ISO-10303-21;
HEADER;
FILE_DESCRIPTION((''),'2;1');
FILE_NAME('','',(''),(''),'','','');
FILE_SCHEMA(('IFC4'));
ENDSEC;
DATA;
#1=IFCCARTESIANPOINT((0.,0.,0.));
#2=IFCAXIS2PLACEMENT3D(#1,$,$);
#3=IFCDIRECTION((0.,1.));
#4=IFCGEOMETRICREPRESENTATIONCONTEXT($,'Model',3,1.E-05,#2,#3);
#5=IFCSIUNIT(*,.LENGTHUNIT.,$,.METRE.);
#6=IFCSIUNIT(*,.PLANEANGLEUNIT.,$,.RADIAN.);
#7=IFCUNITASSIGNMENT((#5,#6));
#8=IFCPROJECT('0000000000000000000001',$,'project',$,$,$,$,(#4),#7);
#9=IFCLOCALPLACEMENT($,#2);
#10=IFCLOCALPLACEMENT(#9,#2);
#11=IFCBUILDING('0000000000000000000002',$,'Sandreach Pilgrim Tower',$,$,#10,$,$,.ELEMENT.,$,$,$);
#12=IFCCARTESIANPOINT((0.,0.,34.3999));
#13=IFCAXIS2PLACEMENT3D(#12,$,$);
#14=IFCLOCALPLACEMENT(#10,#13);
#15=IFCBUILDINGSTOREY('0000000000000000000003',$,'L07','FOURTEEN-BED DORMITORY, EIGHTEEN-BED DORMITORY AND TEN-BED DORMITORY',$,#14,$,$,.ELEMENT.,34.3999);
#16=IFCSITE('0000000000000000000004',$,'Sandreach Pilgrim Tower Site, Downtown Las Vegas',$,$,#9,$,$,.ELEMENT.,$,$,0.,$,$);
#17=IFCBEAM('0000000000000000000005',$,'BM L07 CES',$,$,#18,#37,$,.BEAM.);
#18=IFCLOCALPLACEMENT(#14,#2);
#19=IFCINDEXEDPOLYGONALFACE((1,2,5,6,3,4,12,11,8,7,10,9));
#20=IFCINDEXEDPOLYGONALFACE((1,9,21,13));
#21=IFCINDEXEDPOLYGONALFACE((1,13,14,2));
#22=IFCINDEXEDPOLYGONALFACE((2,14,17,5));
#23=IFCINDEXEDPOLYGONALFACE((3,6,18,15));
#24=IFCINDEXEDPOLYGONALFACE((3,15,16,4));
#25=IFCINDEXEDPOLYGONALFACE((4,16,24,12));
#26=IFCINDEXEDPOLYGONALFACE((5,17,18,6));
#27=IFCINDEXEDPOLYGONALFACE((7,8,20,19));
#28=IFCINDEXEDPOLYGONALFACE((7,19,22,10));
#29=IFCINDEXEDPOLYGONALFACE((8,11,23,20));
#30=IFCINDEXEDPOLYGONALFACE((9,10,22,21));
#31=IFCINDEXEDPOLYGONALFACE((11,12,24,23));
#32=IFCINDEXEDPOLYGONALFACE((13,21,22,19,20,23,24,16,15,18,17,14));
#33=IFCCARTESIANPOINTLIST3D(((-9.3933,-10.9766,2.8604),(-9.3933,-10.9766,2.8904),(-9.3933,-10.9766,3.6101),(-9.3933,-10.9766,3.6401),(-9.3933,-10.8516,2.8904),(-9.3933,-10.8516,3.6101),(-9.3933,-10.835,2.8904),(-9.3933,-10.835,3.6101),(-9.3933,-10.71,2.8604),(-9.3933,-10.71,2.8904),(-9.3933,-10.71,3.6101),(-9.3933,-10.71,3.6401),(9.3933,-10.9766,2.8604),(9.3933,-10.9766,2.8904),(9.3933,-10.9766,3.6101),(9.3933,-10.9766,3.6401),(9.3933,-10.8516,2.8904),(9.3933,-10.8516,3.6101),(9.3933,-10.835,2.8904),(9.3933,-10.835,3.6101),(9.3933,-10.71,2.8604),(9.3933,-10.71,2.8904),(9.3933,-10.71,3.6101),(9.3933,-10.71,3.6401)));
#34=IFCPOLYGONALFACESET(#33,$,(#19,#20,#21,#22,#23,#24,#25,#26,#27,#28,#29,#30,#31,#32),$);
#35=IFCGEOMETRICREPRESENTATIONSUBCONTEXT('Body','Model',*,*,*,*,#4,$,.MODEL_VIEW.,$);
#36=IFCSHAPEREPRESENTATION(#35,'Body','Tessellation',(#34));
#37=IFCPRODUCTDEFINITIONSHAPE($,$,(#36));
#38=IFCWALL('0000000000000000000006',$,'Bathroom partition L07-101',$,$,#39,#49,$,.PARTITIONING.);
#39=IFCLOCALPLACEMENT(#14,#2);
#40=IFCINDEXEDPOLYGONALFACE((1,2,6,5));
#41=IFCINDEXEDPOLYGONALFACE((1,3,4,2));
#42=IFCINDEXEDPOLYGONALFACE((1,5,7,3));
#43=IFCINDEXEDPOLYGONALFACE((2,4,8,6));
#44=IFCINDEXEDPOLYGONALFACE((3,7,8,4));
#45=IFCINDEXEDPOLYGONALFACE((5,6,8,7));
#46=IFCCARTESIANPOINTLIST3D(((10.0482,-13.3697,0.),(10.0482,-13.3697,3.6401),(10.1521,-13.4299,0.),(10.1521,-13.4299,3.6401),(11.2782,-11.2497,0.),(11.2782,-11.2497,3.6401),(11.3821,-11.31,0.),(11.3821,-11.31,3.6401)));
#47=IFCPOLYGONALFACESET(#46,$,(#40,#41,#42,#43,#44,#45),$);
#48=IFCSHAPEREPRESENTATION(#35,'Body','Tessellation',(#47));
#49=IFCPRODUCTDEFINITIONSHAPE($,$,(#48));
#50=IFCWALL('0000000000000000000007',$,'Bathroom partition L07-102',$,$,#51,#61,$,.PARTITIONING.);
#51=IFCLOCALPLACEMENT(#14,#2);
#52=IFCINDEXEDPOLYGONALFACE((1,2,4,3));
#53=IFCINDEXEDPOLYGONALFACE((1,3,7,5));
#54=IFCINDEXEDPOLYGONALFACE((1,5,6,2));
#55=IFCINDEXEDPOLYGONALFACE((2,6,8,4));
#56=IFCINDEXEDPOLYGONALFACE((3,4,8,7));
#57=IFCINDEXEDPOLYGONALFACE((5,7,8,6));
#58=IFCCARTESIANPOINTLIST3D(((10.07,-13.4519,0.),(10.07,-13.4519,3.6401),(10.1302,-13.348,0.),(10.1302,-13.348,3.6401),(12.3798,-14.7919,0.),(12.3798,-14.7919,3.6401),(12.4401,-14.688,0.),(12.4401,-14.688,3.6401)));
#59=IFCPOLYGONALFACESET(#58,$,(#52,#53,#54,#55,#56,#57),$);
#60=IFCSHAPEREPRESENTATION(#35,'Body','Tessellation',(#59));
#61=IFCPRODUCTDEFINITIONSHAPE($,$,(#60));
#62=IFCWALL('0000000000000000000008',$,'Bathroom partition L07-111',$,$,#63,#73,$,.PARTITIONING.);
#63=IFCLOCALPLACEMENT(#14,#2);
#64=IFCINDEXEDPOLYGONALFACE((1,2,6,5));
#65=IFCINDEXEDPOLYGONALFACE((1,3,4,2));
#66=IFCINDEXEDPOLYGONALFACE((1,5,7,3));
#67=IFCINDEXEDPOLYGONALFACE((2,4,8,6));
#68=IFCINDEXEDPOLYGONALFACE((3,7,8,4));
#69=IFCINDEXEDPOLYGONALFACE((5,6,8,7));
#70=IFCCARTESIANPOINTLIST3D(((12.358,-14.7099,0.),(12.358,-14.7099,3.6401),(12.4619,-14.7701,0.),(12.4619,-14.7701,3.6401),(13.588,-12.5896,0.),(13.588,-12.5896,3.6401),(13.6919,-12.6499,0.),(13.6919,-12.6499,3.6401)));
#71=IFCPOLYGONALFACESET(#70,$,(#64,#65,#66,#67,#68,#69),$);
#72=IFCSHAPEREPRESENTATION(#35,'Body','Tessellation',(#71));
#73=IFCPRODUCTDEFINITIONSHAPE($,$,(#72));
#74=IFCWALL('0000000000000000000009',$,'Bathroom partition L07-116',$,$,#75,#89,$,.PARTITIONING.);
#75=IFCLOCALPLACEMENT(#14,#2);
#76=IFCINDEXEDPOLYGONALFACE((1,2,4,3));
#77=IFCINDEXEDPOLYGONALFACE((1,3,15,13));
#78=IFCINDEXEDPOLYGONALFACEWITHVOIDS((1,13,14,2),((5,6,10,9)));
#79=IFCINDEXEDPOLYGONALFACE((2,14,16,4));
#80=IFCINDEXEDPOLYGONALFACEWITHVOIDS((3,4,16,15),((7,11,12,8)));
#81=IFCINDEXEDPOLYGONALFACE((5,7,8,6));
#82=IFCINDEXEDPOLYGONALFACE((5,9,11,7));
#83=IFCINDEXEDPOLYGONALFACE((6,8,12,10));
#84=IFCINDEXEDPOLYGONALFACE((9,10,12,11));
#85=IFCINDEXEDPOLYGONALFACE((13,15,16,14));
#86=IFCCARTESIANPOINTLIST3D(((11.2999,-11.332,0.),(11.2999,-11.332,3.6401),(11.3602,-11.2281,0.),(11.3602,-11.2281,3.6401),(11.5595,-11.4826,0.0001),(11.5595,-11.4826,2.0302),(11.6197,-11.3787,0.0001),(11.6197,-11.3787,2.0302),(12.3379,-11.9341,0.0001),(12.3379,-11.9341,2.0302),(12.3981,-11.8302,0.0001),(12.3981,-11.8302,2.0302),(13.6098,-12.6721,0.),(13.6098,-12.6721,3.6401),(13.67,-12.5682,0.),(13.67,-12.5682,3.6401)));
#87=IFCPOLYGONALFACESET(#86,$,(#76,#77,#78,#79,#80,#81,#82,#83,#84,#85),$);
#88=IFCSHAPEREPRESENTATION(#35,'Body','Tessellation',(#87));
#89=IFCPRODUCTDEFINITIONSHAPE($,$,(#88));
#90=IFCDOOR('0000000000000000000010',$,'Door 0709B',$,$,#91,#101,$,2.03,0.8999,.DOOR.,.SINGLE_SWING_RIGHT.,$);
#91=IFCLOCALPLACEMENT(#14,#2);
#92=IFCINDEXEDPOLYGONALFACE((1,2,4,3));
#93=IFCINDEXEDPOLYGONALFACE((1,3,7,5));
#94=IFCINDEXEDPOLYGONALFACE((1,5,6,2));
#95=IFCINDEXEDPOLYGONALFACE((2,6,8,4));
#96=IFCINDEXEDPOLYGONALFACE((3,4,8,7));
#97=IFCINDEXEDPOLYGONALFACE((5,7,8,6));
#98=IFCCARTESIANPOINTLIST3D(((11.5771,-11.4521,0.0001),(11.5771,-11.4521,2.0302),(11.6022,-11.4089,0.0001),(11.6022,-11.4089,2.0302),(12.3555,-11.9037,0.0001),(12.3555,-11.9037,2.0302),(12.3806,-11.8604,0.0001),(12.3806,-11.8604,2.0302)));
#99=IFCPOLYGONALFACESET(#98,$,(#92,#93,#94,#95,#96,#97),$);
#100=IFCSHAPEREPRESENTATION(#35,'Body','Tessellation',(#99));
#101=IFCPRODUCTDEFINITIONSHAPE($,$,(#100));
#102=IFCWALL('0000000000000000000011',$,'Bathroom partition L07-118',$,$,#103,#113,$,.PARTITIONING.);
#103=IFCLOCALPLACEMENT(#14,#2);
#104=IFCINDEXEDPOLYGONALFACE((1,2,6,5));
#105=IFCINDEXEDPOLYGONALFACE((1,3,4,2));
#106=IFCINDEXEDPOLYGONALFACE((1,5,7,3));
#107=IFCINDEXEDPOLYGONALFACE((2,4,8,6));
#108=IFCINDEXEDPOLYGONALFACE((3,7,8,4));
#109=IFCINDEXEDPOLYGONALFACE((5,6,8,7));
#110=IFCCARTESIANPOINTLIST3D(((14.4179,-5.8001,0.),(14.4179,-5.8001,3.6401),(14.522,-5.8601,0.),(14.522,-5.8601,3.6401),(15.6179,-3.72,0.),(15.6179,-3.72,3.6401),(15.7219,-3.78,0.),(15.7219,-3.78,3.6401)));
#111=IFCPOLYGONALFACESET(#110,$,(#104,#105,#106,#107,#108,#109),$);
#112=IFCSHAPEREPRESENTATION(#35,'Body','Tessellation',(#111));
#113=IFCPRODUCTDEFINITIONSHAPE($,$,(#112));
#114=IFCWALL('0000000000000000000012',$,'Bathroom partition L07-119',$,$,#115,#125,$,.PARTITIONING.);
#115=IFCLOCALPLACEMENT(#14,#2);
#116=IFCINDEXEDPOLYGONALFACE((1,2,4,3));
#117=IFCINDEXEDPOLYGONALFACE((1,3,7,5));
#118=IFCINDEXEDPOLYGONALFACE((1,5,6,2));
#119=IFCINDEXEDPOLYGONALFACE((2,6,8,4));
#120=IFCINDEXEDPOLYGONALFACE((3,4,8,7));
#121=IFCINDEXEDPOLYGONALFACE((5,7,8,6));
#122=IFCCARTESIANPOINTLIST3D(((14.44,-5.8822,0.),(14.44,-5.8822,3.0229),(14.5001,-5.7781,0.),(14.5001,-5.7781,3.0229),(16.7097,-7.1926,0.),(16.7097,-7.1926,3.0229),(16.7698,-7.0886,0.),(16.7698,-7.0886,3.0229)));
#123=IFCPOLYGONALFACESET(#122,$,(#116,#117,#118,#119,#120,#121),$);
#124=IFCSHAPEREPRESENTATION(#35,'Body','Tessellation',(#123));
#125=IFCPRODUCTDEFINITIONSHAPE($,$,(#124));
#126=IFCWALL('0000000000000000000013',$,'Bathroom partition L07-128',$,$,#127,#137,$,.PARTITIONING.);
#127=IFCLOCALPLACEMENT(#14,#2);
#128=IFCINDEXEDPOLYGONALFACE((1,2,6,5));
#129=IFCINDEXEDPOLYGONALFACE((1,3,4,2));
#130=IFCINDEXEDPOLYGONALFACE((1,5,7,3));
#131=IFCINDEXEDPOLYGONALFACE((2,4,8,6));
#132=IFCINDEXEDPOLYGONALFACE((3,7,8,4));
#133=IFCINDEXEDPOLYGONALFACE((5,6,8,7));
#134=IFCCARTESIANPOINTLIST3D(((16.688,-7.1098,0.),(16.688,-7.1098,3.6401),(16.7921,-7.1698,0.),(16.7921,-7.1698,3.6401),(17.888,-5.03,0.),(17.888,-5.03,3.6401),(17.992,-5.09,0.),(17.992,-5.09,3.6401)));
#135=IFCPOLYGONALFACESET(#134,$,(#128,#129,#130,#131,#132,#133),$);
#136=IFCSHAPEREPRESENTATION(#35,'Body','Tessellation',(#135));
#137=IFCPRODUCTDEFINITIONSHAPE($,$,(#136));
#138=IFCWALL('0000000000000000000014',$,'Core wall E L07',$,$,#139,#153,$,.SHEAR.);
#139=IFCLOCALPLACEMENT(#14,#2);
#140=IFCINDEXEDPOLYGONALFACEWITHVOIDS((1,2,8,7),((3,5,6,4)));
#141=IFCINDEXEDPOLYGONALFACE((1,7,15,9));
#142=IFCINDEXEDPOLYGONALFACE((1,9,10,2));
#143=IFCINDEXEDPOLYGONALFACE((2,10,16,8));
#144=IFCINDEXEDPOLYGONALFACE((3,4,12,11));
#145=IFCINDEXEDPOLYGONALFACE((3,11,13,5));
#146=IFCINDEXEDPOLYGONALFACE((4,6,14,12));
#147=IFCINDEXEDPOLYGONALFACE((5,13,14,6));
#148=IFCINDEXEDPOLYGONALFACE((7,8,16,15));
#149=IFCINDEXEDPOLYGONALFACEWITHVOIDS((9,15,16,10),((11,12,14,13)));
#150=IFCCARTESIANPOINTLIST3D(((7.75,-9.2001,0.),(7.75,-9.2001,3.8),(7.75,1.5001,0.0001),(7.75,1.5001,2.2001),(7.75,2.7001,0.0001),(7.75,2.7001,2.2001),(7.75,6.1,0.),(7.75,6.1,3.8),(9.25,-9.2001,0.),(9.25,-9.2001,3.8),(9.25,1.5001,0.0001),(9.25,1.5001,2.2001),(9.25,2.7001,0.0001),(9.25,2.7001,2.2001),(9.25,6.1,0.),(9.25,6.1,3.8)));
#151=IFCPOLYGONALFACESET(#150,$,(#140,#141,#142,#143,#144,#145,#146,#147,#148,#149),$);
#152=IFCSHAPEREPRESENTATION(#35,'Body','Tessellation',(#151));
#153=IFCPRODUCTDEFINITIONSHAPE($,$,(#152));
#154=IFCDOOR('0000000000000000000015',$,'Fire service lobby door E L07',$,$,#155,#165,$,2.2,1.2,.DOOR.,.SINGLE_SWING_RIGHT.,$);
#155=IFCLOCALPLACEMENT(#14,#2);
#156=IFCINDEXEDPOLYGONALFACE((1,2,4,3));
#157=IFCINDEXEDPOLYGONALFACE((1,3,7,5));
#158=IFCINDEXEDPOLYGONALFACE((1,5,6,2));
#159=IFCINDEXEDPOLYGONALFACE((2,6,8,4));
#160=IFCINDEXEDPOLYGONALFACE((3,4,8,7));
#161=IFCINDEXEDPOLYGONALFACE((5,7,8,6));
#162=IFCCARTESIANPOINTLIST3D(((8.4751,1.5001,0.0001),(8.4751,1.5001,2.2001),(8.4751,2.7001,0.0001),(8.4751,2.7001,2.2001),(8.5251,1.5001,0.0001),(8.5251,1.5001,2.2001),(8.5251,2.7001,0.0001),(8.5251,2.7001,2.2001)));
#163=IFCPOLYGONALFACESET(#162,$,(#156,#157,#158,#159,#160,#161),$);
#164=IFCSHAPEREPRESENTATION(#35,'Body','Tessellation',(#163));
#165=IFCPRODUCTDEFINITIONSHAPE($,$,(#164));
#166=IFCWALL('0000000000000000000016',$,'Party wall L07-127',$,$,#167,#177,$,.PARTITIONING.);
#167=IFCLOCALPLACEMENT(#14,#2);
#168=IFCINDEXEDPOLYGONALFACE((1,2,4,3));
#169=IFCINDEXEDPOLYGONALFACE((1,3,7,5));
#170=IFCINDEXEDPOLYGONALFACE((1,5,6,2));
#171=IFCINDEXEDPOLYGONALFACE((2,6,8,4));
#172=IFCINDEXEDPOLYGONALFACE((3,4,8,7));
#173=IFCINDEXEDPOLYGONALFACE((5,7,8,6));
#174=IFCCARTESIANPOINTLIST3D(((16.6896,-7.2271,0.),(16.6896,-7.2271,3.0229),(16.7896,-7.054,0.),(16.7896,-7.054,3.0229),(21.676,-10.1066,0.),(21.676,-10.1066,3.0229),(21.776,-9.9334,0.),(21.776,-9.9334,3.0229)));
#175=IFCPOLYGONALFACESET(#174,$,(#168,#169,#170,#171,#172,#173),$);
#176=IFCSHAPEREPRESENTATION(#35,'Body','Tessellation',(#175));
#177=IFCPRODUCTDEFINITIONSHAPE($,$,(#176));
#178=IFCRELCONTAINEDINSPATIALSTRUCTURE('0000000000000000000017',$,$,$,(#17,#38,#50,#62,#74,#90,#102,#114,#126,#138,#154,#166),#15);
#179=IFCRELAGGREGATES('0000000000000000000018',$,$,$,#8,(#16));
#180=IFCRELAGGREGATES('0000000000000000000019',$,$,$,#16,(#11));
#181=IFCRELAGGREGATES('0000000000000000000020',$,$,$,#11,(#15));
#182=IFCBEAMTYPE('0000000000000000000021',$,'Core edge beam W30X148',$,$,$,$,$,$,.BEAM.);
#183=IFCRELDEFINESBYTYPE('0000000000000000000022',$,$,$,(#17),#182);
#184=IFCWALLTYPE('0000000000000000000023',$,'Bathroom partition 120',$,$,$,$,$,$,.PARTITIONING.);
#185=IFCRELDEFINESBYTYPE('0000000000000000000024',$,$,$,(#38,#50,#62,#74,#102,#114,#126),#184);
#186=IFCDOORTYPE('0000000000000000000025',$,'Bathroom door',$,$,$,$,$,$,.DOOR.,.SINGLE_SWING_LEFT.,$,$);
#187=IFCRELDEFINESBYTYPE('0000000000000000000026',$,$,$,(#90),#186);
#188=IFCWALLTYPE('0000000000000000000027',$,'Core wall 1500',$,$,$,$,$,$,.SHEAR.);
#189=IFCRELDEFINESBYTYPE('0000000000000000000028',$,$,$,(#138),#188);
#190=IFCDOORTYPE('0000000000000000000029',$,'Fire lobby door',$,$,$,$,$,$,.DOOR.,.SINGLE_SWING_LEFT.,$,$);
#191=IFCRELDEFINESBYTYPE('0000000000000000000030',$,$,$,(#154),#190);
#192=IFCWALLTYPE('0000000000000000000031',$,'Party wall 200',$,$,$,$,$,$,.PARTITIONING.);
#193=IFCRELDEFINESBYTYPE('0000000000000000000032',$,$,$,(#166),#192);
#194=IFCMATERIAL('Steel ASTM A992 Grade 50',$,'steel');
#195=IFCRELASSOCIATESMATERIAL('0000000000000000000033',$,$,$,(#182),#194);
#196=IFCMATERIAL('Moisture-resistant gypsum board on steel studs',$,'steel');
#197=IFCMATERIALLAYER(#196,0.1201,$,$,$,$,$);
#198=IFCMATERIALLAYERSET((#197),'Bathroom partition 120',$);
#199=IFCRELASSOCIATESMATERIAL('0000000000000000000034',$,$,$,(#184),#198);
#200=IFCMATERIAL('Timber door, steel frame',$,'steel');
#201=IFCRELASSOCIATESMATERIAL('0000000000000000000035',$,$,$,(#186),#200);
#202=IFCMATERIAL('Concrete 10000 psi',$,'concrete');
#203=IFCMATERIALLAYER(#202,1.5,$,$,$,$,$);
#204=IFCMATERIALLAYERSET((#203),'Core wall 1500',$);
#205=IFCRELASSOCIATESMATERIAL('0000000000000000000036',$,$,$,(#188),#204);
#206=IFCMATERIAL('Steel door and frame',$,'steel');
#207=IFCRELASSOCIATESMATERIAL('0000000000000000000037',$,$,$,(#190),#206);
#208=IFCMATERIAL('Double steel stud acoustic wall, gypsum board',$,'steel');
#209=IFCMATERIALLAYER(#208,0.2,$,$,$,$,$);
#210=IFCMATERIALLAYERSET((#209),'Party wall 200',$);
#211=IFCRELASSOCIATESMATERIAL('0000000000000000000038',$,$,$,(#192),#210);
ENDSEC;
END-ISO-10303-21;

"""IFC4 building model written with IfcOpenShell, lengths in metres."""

from ifc_helpers import new_model, si_unit, direction, frame, frame_2d, origin, origin_2d, place, context, subcontext, project, spatial, rectangle, i_section, extrude, material, layer, layer_set, material_profile, profile_set, type_object, element, fill, save


model = new_model("IFC4")

# Units and contexts
model_context = context("Model", 3, precision=1e-05, world=origin(), true_north=direction((0.0, 1.0)))
body_context = subcontext(model_context, "Body", "Model", "MODEL_VIEW")
ifc_project = project(units=[si_unit("LENGTHUNIT", "METRE"), si_unit("PLANEANGLEUNIT", "RADIAN")], contexts=[model_context])

# Site, building, storey
site_placement = place(None, origin())
site = spatial("IfcSite", under=ifc_project, at=site_placement, Name="Sandreach Pilgrim Tower Site, Downtown Las Vegas", CompositionType="ELEMENT", RefElevation=0.0)
building_placement = place(site_placement, origin())
building = spatial("IfcBuilding", under=site, at=building_placement, Name="Sandreach Pilgrim Tower", CompositionType="ELEMENT")
storey_placement = place(building_placement, frame((0.0, 0.0, 34.3999)))
storey = spatial("IfcBuildingStorey", under=building, at=storey_placement, Name="L07", Description="FOURTEEN-BED DORMITORY, EIGHTEEN-BED DORMITORY AND TEN-BED DORMITORY", CompositionType="ELEMENT", Elevation=34.3999)

# Beam
ifc_material_1 = material(Name="Steel ASTM A992 Grade 50", Category="steel")
ifc_material_profile = material_profile(ifc_material_1, i_section(OverallWidth=0.2666, OverallDepth=0.7798, WebThickness=0.0166, FlangeThickness=0.03, at=origin_2d()), Name="W30X148")
ifc_profile_set = profile_set([ifc_material_profile], Name="Steel ASTM A992 Grade 50")
beam_type = type_object("IfcBeamType", Name="Core edge beam W30X148", PredefinedType="BEAM", material=ifc_profile_set)
beam_placement = place(storey_placement, frame((9.3933, -10.8433, 3.2502), z_axis=(-1.0, 0.0, 0.0), x_axis=(0.0, -1.0, 0.0)))
element("IfcBeam", 1, at=beam_placement, inside=storey, type_object=beam_type, Name="BM L07 CES", PredefinedType="BEAM", context=body_context, shape_type="SweptSolid", body=[
    extrude(i_section(OverallWidth=0.2666, OverallDepth=0.7798, WebThickness=0.0166, FlangeThickness=0.03, at=origin_2d()), origin(), (0.0, 0.0, 1.0), 18.7866),
])

# Walls
ifc_material_2 = material(Name="Moisture-resistant gypsum board on steel studs", Category="steel")
ifc_layer_1 = layer(ifc_material_2, 0.1201)
ifc_layer_set_1 = layer_set([ifc_layer_1], Name="Bathroom partition 120")
wall_type_1 = type_object("IfcWallType", Name="Bathroom partition 120", PredefinedType="PARTITIONING", material=ifc_layer_set_1)
wall_1_placement = place(storey_placement, frame((10.1001, -13.3999, 0.0), z_axis=(0.0, 0.0, 1.0), x_axis=(0.501857, 0.864951, 0.0)))
element("IfcWall", 2, at=wall_1_placement, inside=storey, type_object=wall_type_1, Name="Bathroom partition L07-101", PredefinedType="PARTITIONING", context=body_context, shape_type="SweptSolid", body=[
    extrude(rectangle(XDim=2.4509, YDim=0.1201, at=frame_2d((1.2256, 0.0))), origin(), (0.0, 0.0, 1.0), 3.6401),
])
wall_2_placement = place(storey_placement, frame((10.1001, -13.3999, 0.0), z_axis=(0.0, 0.0, 1.0), x_axis=(0.864967, -0.501829, 0.0)))
element("IfcWall", 3, at=wall_2_placement, inside=storey, type_object=wall_type_1, Name="Bathroom partition L07-102", PredefinedType="PARTITIONING", context=body_context, shape_type="SweptSolid", body=[
    extrude(rectangle(XDim=2.6704, YDim=0.1201, at=frame_2d((1.3352, 0.0))), origin(), (0.0, 0.0, 1.0), 3.6401),
])
wall_3_placement = place(storey_placement, frame((12.4099, -14.74, 0.0), z_axis=(0.0, 0.0, 1.0), x_axis=(0.501813, 0.864976, 0.0)))
element("IfcWall", 4, at=wall_3_placement, inside=storey, type_object=wall_type_1, Name="Bathroom partition L07-111", PredefinedType="PARTITIONING", context=body_context, shape_type="SweptSolid", body=[
    extrude(rectangle(XDim=2.4512, YDim=0.1201, at=frame_2d((1.2256, 0.0))), origin(), (0.0, 0.0, 1.0), 3.6401),
])

# Wall, opening, door
wall_4_placement = place(storey_placement, frame((13.6399, -12.6201, 0.0), z_axis=(0.0, 0.0, 1.0), x_axis=(-0.864967, 0.501829, 0.0)))
wall_4 = element("IfcWall", 5, at=wall_4_placement, inside=storey, type_object=wall_type_1, Name="Bathroom partition L07-116", PredefinedType="PARTITIONING", context=body_context, shape_type="SweptSolid", body=[
    extrude(rectangle(XDim=2.6704, YDim=0.1201, at=frame_2d((1.3352, 0.0))), origin(), (0.0, 0.0, 1.0), 3.6401),
])
opening_1_placement = place(wall_4_placement, frame((1.4705, 0.0, 0.0)))
opening_1 = element("IfcOpeningElement", 6, at=opening_1_placement, cuts=wall_4, PredefinedType="OPENING", context=body_context, shape_type="SweptSolid", body=[
    extrude(rectangle(XDim=0.8999, YDim=2.03, at=frame_2d((0.45, 1.0151))), frame((0.0, 0.0601, 0.0), z_axis=(0.0, -1.0, 0.0), x_axis=(1.0, 0.0, 0.0)), (0.0, 0.0, 1.0), 0.1201),
])
ifc_material_3 = material(Name="Timber door, steel frame", Category="steel")
door_type_1 = type_object("IfcDoorType", Name="Bathroom door", OperationType="SINGLE_SWING_LEFT", PredefinedType="DOOR", material=ifc_material_3)
door_1_placement = place(opening_1_placement, origin())
door_1 = element("IfcDoor", 7, at=door_1_placement, inside=storey, type_object=door_type_1, Name="Door 0709B", OperationType="SINGLE_SWING_RIGHT", OverallHeight=2.03, OverallWidth=0.8999, PredefinedType="DOOR", context=body_context, shape_type="SweptSolid", body=[
    extrude(rectangle(XDim=0.8999, YDim=2.03, at=frame_2d((0.45, 1.0151))), frame((0.0, 0.0249, 0.0), z_axis=(0.0, -1.0, 0.0), x_axis=(1.0, 0.0, 0.0)), (0.0, 0.0, 1.0), 0.05),
])
fill(opening_1, door_1)

# Walls
wall_5_placement = place(storey_placement, frame((14.47, -5.8301, 0.0), z_axis=(0.0, 0.0, 1.0), x_axis=(0.499693, 0.866203, 0.0)))
element("IfcWall", 8, at=wall_5_placement, inside=storey, type_object=wall_type_1, Name="Bathroom partition L07-118", PredefinedType="PARTITIONING", context=body_context, shape_type="SweptSolid", body=[
    extrude(rectangle(XDim=2.4014, YDim=0.1201, at=frame_2d((1.2007, 0.0))), origin(), (0.0, 0.0, 1.0), 3.6401),
])
wall_6_placement = place(storey_placement, frame((14.47, -5.8301, 0.0), z_axis=(0.0, 0.0, 1.0), x_axis=(0.86601, -0.500026, 0.0)))
element("IfcWall", 9, at=wall_6_placement, inside=storey, type_object=wall_type_1, Name="Bathroom partition L07-119", PredefinedType="PARTITIONING", context=body_context, shape_type="SweptSolid", body=[
    extrude(rectangle(XDim=2.6208, YDim=0.1201, at=frame_2d((1.3105, 0.0))), origin(), (0.0, 0.0, 1.0), 3.0229),
])
wall_7_placement = place(storey_placement, frame((16.74, -7.1399, 0.0), z_axis=(0.0, 0.0, 1.0), x_axis=(0.499737, 0.866177, 0.0)))
element("IfcWall", 10, at=wall_7_placement, inside=storey, type_object=wall_type_1, Name="Bathroom partition L07-128", PredefinedType="PARTITIONING", context=body_context, shape_type="SweptSolid", body=[
    extrude(rectangle(XDim=2.4011, YDim=0.1201, at=frame_2d((1.2007, 0.0))), origin(), (0.0, 0.0, 1.0), 3.6401),
])

# Wall, opening, door
ifc_material_4 = material(Name="Concrete 10000 psi", Category="concrete")
ifc_layer_2 = layer(ifc_material_4, 1.5)
ifc_layer_set_2 = layer_set([ifc_layer_2], Name="Core wall 1500")
wall_type_2 = type_object("IfcWallType", Name="Core wall 1500", PredefinedType="SHEAR", material=ifc_layer_set_2)
wall_8_placement = place(storey_placement, frame((8.5, -9.2, 0.0), z_axis=(0.0, 0.0, 1.0), x_axis=(0.0, 1.0, 0.0)))
wall_8 = element("IfcWall", 11, at=wall_8_placement, inside=storey, type_object=wall_type_2, Name="Core wall E L07", PredefinedType="SHEAR", context=body_context, shape_type="SweptSolid", body=[
    extrude(rectangle(XDim=15.3, YDim=1.5, at=frame_2d((7.6499, 0.0))), origin(), (0.0, 0.0, 1.0), 3.8),
])
opening_2_placement = place(wall_8_placement, frame((10.7, 0.0, 0.0)))
opening_2 = element("IfcOpeningElement", 12, at=opening_2_placement, cuts=wall_8, PredefinedType="OPENING", context=body_context, shape_type="SweptSolid", body=[
    extrude(rectangle(XDim=1.2, YDim=2.2, at=frame_2d((0.6001, 1.1001))), frame((0.0, 0.75, 0.0), z_axis=(0.0, -1.0, 0.0), x_axis=(1.0, 0.0, 0.0)), (0.0, 0.0, 1.0), 1.5),
])
ifc_material_5 = material(Name="Steel door and frame", Category="steel")
door_type_2 = type_object("IfcDoorType", Name="Fire lobby door", OperationType="SINGLE_SWING_LEFT", PredefinedType="DOOR", material=ifc_material_5)
door_2_placement = place(opening_2_placement, origin())
door_2 = element("IfcDoor", 13, at=door_2_placement, inside=storey, type_object=door_type_2, Name="Fire service lobby door E L07", OperationType="SINGLE_SWING_RIGHT", OverallHeight=2.2, OverallWidth=1.2, PredefinedType="DOOR", context=body_context, shape_type="SweptSolid", body=[
    extrude(rectangle(XDim=1.2, YDim=2.2, at=frame_2d((0.6001, 1.1001))), frame((0.0, 0.0249, 0.0), z_axis=(0.0, -1.0, 0.0), x_axis=(1.0, 0.0, 0.0)), (0.0, 0.0, 1.0), 0.05),
])
fill(opening_2, door_2)

# Wall
ifc_material_6 = material(Name="Double steel stud acoustic wall, gypsum board", Category="steel")
ifc_layer_3 = layer(ifc_material_6, 0.2)
ifc_layer_set_3 = layer_set([ifc_layer_3], Name="Party wall 200")
wall_type_3 = type_object("IfcWallType", Name="Party wall 200", PredefinedType="PARTITIONING", material=ifc_layer_set_3)
wall_9_placement = place(storey_placement, frame((16.7397, -7.1406, 0.0), z_axis=(0.0, 0.0, 1.0), x_axis=(0.865985, -0.50007, 0.0)))
element("IfcWall", 14, at=wall_9_placement, inside=storey, type_object=wall_type_3, Name="Party wall L07-127", PredefinedType="PARTITIONING", context=body_context, shape_type="SweptSolid", body=[
    extrude(rectangle(XDim=5.7581, YDim=0.2, at=frame_2d((2.8789, 0.0))), origin(), (0.0, 0.0, 1.0), 3.0229),
])

save(model, "model.ifc")
